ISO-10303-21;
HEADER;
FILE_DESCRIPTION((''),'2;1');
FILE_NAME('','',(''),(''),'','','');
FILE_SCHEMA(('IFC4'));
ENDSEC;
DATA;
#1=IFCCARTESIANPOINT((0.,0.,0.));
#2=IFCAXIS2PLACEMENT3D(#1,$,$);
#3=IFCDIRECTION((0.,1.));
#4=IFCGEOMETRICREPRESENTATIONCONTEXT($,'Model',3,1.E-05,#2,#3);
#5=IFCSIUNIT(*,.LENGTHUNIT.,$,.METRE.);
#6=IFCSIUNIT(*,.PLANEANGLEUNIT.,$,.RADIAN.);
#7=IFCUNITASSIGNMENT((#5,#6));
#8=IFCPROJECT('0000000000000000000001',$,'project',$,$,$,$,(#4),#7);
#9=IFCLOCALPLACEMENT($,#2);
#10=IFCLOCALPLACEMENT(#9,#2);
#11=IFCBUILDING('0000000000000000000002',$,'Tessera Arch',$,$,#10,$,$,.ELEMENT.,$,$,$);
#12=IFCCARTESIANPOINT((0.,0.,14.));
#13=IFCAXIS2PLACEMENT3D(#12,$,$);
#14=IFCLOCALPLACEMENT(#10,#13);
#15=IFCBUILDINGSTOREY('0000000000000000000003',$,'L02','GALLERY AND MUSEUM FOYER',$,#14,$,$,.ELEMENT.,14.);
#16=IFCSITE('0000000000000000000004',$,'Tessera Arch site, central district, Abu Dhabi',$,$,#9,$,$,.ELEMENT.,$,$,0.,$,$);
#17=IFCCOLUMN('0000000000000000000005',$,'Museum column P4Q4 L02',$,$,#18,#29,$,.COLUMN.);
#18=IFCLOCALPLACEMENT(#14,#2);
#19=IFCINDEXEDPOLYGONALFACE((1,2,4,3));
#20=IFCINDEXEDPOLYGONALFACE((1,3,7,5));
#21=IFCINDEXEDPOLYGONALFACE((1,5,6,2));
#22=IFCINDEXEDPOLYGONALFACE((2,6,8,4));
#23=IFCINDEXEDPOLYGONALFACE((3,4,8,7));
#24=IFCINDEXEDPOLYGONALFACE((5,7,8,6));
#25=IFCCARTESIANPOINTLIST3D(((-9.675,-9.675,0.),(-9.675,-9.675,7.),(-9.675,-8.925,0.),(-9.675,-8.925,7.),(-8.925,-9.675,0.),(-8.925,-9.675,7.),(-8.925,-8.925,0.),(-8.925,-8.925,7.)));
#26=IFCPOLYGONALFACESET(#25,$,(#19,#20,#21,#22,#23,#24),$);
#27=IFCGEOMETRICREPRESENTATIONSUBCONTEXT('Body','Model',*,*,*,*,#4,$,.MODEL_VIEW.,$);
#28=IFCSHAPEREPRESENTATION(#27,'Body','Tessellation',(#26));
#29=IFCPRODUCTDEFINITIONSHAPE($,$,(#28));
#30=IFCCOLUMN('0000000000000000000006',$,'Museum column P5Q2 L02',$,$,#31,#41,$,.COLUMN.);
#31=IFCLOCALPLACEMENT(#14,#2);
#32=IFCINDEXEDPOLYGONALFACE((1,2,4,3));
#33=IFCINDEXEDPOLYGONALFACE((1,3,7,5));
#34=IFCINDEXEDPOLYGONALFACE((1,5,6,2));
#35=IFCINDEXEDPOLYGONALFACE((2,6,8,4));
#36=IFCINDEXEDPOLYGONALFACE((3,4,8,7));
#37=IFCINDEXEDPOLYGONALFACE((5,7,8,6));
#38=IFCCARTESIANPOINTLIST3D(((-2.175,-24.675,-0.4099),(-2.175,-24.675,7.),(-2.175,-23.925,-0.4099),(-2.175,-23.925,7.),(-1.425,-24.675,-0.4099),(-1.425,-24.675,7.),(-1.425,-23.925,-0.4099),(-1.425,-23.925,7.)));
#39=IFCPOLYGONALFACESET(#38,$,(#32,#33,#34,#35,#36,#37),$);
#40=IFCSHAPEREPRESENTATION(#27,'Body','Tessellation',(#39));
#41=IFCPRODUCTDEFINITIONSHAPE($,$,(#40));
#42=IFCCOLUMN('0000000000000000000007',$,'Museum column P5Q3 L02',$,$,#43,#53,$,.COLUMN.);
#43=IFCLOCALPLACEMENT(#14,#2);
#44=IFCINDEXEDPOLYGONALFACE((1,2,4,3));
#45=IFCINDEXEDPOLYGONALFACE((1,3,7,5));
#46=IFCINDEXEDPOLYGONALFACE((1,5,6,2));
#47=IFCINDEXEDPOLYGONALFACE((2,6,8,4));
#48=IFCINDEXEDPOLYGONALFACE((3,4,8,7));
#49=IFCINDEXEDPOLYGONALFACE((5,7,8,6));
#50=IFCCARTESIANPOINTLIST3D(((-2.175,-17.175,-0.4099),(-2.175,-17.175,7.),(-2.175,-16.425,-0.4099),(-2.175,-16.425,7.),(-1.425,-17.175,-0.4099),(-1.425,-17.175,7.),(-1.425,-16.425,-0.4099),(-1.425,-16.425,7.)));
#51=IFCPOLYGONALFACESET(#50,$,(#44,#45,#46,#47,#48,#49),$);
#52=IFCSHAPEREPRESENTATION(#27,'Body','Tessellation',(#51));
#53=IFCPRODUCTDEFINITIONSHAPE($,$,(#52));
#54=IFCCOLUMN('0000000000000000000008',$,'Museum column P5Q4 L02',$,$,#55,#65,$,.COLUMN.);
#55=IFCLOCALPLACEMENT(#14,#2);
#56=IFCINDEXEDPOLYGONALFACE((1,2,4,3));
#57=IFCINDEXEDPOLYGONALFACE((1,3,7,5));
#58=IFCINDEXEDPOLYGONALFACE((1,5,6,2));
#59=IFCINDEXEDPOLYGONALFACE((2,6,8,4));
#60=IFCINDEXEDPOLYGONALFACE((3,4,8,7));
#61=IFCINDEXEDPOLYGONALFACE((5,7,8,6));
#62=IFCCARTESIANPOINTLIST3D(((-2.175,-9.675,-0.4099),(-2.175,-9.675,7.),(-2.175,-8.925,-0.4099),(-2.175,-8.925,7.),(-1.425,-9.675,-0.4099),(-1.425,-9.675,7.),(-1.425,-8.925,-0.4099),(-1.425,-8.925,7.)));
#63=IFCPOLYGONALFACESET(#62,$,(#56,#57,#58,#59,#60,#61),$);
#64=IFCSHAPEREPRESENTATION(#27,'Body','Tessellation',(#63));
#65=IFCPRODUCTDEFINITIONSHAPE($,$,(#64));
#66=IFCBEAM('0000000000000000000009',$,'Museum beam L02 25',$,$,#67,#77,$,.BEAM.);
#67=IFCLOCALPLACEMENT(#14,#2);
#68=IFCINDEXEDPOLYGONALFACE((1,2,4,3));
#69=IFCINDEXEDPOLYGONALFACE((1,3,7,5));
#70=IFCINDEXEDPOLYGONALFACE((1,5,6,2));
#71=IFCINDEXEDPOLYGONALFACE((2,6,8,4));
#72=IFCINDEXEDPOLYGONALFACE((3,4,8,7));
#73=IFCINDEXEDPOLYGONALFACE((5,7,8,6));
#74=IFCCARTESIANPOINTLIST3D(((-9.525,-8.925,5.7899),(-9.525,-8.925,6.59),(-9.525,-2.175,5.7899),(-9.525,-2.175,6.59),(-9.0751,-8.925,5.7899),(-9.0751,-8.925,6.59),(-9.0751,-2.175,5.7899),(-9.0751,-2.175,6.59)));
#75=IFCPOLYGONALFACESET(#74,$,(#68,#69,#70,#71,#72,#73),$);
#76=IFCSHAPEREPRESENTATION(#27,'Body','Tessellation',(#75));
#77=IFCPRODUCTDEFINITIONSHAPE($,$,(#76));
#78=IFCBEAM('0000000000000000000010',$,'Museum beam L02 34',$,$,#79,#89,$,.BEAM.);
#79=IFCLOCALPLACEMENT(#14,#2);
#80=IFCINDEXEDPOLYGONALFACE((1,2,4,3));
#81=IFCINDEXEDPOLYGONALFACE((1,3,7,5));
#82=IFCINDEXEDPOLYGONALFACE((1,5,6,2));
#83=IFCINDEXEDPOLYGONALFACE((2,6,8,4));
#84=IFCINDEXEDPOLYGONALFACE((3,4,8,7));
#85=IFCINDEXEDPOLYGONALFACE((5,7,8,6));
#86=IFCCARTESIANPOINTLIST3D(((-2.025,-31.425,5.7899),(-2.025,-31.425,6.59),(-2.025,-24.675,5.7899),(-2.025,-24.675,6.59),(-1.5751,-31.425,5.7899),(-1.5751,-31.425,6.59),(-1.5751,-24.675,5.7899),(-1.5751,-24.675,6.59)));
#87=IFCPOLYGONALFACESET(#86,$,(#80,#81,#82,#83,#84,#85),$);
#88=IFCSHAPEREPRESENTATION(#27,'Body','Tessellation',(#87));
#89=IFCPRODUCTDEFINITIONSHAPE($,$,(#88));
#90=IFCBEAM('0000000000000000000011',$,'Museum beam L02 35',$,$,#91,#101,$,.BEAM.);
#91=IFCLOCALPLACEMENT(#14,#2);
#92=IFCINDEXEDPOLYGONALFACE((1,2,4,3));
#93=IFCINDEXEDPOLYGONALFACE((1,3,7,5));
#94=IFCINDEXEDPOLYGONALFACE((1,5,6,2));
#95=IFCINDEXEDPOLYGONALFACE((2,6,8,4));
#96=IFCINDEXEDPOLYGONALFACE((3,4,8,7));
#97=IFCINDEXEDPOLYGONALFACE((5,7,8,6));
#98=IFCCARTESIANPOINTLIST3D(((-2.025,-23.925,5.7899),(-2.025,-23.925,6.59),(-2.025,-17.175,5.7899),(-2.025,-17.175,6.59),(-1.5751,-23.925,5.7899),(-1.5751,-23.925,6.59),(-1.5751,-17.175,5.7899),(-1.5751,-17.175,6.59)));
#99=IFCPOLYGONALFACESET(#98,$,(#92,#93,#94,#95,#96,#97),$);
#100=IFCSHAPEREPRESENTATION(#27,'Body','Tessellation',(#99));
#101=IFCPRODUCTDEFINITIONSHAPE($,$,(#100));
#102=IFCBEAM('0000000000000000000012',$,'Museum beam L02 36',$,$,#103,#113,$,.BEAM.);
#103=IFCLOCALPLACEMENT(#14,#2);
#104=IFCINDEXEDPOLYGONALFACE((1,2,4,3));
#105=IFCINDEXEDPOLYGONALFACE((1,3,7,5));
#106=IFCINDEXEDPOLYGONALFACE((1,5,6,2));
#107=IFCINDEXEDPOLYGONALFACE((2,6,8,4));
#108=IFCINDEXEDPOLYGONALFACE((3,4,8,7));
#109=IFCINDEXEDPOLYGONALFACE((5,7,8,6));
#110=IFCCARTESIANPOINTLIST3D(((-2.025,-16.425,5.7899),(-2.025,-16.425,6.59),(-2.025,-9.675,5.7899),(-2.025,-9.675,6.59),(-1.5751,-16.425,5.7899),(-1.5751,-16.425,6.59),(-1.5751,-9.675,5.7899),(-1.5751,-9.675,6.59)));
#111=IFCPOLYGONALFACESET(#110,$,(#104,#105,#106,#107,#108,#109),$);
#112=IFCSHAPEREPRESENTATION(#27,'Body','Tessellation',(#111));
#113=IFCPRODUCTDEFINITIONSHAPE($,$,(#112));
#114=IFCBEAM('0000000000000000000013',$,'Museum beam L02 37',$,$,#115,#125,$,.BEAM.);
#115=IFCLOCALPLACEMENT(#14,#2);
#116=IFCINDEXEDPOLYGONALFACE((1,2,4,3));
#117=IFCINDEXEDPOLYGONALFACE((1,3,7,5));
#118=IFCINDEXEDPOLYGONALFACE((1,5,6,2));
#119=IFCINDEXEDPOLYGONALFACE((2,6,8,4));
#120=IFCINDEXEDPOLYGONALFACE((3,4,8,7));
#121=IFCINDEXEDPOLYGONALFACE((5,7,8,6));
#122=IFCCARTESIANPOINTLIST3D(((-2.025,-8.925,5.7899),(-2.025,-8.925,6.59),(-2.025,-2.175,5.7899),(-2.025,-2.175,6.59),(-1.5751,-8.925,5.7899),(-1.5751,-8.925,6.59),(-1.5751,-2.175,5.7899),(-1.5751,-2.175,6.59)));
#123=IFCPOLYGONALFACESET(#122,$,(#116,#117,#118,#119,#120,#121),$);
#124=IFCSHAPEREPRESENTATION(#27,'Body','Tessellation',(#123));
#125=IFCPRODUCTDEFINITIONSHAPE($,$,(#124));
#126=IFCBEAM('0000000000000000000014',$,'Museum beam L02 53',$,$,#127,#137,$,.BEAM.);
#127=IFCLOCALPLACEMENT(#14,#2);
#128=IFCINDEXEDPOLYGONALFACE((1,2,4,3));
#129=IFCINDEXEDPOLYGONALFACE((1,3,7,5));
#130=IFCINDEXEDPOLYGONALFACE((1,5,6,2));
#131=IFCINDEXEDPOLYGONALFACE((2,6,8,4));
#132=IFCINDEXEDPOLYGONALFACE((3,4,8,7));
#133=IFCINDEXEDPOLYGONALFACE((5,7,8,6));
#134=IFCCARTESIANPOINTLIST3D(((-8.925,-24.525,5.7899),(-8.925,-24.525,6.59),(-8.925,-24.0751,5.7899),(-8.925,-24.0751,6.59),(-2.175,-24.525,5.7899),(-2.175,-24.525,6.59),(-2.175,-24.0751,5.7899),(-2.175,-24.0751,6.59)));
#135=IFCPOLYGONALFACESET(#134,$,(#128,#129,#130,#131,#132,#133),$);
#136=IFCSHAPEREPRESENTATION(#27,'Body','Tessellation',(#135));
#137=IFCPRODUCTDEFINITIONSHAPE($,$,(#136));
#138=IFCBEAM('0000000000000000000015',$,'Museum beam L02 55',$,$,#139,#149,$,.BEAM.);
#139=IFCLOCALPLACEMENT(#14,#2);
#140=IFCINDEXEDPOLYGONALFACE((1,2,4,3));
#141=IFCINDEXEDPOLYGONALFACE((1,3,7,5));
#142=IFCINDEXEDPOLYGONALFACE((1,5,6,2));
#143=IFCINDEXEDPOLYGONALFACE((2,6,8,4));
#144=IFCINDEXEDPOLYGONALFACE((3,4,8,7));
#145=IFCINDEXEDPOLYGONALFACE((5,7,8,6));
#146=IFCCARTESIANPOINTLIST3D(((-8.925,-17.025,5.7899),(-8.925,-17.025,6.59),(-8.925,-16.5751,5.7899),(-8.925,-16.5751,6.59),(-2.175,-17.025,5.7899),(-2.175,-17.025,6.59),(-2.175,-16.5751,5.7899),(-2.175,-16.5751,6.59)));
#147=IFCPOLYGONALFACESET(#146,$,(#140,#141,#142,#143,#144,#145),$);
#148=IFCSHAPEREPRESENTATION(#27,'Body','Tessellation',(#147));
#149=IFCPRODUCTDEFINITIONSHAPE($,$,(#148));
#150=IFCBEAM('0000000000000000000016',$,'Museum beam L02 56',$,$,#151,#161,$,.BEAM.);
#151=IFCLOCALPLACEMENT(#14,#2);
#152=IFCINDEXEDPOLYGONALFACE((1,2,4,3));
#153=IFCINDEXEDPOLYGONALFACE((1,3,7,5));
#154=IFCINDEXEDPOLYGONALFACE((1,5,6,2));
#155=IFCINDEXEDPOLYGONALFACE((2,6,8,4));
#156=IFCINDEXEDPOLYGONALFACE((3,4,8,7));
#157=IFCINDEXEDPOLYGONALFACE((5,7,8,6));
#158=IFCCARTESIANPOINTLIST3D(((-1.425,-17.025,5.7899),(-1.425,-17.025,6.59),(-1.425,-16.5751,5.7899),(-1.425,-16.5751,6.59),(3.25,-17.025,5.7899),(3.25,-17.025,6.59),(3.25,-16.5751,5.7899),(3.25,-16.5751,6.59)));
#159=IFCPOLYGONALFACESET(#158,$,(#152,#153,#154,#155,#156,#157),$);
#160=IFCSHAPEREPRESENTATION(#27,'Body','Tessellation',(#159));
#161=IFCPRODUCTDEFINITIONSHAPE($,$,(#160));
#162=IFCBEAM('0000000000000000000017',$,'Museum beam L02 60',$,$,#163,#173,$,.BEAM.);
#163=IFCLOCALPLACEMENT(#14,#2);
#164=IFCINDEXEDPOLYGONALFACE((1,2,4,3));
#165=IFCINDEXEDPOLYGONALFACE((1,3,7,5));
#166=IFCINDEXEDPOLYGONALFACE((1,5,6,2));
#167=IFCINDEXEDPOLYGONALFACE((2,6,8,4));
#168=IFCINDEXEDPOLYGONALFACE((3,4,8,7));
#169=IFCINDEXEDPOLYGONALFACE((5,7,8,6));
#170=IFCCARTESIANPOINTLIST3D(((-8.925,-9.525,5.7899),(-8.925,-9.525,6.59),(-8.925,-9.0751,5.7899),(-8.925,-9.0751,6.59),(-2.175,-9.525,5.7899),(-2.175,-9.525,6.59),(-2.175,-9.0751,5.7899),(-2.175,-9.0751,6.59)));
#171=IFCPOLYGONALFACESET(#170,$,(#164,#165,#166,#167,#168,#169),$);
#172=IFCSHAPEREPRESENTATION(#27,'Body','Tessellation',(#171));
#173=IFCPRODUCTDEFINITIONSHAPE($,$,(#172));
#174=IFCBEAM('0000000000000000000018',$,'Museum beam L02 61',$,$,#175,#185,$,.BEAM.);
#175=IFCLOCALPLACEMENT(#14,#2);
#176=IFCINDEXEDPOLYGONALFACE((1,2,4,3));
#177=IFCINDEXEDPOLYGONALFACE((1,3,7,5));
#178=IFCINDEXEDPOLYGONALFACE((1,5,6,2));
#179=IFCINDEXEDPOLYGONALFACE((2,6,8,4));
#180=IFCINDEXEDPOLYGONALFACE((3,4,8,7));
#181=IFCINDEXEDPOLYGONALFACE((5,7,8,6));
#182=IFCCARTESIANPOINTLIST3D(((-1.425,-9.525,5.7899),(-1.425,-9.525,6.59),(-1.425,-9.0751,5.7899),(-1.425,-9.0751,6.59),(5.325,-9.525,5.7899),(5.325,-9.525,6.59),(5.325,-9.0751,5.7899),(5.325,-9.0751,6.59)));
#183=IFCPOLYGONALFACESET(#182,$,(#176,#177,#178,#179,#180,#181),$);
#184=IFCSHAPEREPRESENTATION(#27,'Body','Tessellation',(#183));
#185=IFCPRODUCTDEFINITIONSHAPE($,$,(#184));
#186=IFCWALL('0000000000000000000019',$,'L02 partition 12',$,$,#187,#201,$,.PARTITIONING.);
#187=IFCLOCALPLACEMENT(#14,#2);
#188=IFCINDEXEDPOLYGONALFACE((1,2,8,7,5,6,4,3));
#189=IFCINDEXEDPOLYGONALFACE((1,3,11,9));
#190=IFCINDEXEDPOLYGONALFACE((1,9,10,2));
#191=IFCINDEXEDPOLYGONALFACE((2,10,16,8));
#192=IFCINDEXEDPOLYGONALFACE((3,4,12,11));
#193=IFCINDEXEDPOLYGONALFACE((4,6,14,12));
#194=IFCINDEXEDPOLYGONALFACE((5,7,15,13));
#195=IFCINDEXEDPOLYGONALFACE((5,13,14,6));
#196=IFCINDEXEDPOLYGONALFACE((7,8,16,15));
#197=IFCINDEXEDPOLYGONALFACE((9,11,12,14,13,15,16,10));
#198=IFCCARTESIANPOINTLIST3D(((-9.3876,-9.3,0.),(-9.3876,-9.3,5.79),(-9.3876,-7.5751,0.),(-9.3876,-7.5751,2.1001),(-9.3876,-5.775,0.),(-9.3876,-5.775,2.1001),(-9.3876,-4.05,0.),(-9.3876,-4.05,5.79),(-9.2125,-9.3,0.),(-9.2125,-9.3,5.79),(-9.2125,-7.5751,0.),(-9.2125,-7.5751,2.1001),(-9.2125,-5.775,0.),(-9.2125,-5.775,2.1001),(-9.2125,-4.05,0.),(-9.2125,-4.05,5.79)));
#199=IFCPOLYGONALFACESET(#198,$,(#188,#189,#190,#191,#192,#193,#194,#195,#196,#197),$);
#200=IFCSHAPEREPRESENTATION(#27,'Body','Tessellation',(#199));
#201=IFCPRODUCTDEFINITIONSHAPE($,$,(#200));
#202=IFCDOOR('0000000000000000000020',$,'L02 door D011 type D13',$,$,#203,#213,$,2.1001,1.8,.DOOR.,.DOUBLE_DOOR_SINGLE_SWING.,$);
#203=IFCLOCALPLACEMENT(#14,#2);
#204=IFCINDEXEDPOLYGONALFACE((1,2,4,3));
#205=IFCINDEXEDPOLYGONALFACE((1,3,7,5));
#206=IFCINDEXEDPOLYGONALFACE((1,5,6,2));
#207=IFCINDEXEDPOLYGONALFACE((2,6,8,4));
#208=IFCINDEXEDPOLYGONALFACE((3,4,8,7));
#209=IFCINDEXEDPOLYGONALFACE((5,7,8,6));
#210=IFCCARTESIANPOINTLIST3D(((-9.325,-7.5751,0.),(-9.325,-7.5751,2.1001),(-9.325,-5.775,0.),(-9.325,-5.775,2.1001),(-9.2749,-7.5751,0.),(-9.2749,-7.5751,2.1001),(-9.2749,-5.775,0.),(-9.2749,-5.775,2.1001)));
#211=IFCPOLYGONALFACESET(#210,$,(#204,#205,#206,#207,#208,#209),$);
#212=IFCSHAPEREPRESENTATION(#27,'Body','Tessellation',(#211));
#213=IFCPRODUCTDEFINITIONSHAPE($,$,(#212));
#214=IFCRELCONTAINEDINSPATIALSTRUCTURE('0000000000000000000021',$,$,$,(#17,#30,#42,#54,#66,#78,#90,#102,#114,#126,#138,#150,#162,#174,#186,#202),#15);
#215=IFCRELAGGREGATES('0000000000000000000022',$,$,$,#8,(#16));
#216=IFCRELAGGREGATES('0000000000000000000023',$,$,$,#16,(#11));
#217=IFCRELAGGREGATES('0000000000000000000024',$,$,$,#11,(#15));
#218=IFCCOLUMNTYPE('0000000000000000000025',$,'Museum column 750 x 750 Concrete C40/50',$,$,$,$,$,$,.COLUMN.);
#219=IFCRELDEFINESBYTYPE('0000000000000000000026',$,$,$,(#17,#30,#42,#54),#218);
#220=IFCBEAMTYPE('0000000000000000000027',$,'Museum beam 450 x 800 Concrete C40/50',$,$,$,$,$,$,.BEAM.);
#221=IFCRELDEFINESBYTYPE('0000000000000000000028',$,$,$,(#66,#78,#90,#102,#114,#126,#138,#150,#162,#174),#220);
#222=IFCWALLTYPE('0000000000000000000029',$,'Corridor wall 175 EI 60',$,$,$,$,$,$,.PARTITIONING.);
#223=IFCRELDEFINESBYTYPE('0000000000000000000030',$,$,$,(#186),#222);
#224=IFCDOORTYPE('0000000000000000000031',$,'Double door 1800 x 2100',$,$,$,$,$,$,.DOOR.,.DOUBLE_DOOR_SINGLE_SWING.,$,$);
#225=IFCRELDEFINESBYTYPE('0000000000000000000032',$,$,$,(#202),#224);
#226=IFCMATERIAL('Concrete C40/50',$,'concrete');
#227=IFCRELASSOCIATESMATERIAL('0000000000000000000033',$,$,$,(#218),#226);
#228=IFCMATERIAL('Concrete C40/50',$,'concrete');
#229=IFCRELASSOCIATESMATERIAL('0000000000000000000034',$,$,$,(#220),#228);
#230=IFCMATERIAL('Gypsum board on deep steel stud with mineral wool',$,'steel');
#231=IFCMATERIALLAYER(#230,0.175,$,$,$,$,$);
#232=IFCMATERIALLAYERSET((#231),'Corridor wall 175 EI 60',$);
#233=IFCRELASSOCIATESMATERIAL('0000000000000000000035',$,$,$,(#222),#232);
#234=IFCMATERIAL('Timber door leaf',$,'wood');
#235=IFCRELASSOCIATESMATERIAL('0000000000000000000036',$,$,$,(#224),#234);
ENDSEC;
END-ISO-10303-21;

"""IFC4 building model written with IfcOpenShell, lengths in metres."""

from ifc_helpers import new_model, si_unit, direction, frame, frame_2d, origin, origin_2d, place, context, subcontext, project, spatial, rectangle, extrude, material, layer, layer_set, material_profile, profile_set, type_object, element, fill, save


model = new_model("IFC4")

# Units and contexts
model_context = context("Model", 3, precision=1e-05, world=origin(), true_north=direction((0.0, 1.0)))
body_context = subcontext(model_context, "Body", "Model", "MODEL_VIEW")
ifc_project = project(units=[si_unit("LENGTHUNIT", "METRE"), si_unit("PLANEANGLEUNIT", "RADIAN")], contexts=[model_context])

# Site, building, storey
site_placement = place(None, origin())
site = spatial("IfcSite", under=ifc_project, at=site_placement, Name="Tessera Arch site, central district, Abu Dhabi", CompositionType="ELEMENT", RefElevation=0.0)
building_placement = place(site_placement, origin())
building = spatial("IfcBuilding", under=site, at=building_placement, Name="Tessera Arch", CompositionType="ELEMENT")
storey_placement = place(building_placement, frame((0.0, 0.0, 14.0)))
storey = spatial("IfcBuildingStorey", under=building, at=storey_placement, Name="L02", Description="GALLERY AND MUSEUM FOYER", CompositionType="ELEMENT", Elevation=14.0)

# Columns
ifc_material_1 = material(Name="Concrete C40/50", Category="concrete")
ifc_material_profile_1 = material_profile(ifc_material_1, rectangle(XDim=0.75, YDim=0.75, at=origin_2d()), Name="Museum column 750 x 750 Concrete C40/50")
ifc_profile_set_1 = profile_set([ifc_material_profile_1], Name="Concrete C40/50")
column_type = type_object("IfcColumnType", Name="Museum column 750 x 750 Concrete C40/50", PredefinedType="COLUMN", material=ifc_profile_set_1)
column_placement = place(storey_placement, frame((-9.3, -9.3, 0.0), z_axis=(0.0, 0.0, 1.0), x_axis=(1.0, 0.0, 0.0)))
element("IfcColumn", 1, at=column_placement, inside=storey, type_object=column_type, Name="Museum column P4Q4 L02", PredefinedType="COLUMN", context=body_context, shape_type="SweptSolid", body=[
    extrude(rectangle(XDim=0.75, YDim=0.75, at=origin_2d()), origin(), (0.0, 0.0, 1.0), 7.0),
])
for number, where, z_axis, x_axis, name in (
    (2, (-1.8, -24.3, -0.4099), (0.0, 0.0, 1.0), (1.0, 0.0, 0.0), "Museum column P5Q2 L02"),
    (3, (-1.8, -16.8, -0.4099), (0.0, 0.0, 1.0), (1.0, 0.0, 0.0), "Museum column P5Q3 L02"),
    (4, (-1.8, -9.3, -0.4099), (0.0, 0.0, 1.0), (1.0, 0.0, 0.0), "Museum column P5Q4 L02"),
):
    element("IfcColumn", number, at=place(storey_placement, frame(where, z_axis=z_axis, x_axis=x_axis)), inside=storey, type_object=column_type, Name=name, PredefinedType="COLUMN", context=body_context, shape_type="SweptSolid", body=[
        extrude(rectangle(XDim=0.75, YDim=0.75, at=origin_2d()), origin(), (0.0, 0.0, 1.0), 7.4099),
    ])

# Beams
ifc_material_2 = material(Name="Concrete C40/50", Category="concrete")
ifc_material_profile_2 = material_profile(ifc_material_2, rectangle(XDim=0.45, YDim=0.8, at=origin_2d()), Name="Museum beam 450 x 800 Concrete C40/50")
ifc_profile_set_2 = profile_set([ifc_material_profile_2], Name="Concrete C40/50")
beam_type = type_object("IfcBeamType", Name="Museum beam 450 x 800 Concrete C40/50", PredefinedType="BEAM", material=ifc_profile_set_2)
for number, where, z_axis, x_axis, name in (
    (5, (-9.3, -8.925, 6.1899), (0.0, 1.0, 0.0), (-1.0, 0.0, 0.0), "Museum beam L02 25"),
    (6, (-1.8, -31.425, 6.1899), (0.0, 1.0, 0.0), (-1.0, 0.0, 0.0), "Museum beam L02 34"),
    (7, (-1.8, -23.925, 6.1899), (0.0, 1.0, 0.0), (-1.0, 0.0, 0.0), "Museum beam L02 35"),
    (8, (-1.8, -16.425, 6.1899), (0.0, 1.0, 0.0), (-1.0, 0.0, 0.0), "Museum beam L02 36"),
    (9, (-1.8, -8.925, 6.1899), (0.0, 1.0, 0.0), (-1.0, 0.0, 0.0), "Museum beam L02 37"),
    (10, (-8.925, -24.3, 6.1899), (1.0, 0.0, 0.0), (0.0, 1.0, 0.0), "Museum beam L02 53"),
    (11, (-8.925, -16.8, 6.1899), (1.0, 0.0, 0.0), (0.0, 1.0, 0.0), "Museum beam L02 55"),
):
    element("IfcBeam", number, at=place(storey_placement, frame(where, z_axis=z_axis, x_axis=x_axis)), inside=storey, type_object=beam_type, Name=name, PredefinedType="BEAM", context=body_context, shape_type="SweptSolid", body=[
        extrude(rectangle(XDim=0.45, YDim=0.8, at=origin_2d()), origin(), (0.0, 0.0, 1.0), 6.75),
    ])
beam_placement = place(storey_placement, frame((-1.425, -16.8, 6.1899), z_axis=(1.0, 0.0, 0.0), x_axis=(0.0, 1.0, 0.0)))
element("IfcBeam", 12, at=beam_placement, inside=storey, type_object=beam_type, Name="Museum beam L02 56", PredefinedType="BEAM", context=body_context, shape_type="SweptSolid", body=[
    extrude(rectangle(XDim=0.45, YDim=0.8, at=origin_2d()), origin(), (0.0, 0.0, 1.0), 4.675),
])
for number, where, z_axis, x_axis, name in (
    (13, (-8.925, -9.3, 6.1899), (1.0, 0.0, 0.0), (0.0, 1.0, 0.0), "Museum beam L02 60"),
    (14, (-1.425, -9.3, 6.1899), (1.0, 0.0, 0.0), (0.0, 1.0, 0.0), "Museum beam L02 61"),
):
    element("IfcBeam", number, at=place(storey_placement, frame(where, z_axis=z_axis, x_axis=x_axis)), inside=storey, type_object=beam_type, Name=name, PredefinedType="BEAM", context=body_context, shape_type="SweptSolid", body=[
        extrude(rectangle(XDim=0.45, YDim=0.8, at=origin_2d()), origin(), (0.0, 0.0, 1.0), 6.75),
    ])

# Wall, opening, door
ifc_material_3 = material(Name="Gypsum board on deep steel stud with mineral wool", Category="steel")
ifc_layer_1 = layer(ifc_material_3, 0.175)
ifc_layer_set_1 = layer_set([ifc_layer_1], Name="Corridor wall 175 EI 60")
wall_type_1 = type_object("IfcWallType", Name="Corridor wall 175 EI 60", PredefinedType="PARTITIONING", material=ifc_layer_set_1)
wall_1_placement = place(storey_placement, frame((-9.3, -9.3, 0.0), z_axis=(0.0, 0.0, 1.0), x_axis=(0.0, 1.0, 0.0)))
wall_1 = element("IfcWall", 15, at=wall_1_placement, inside=storey, type_object=wall_type_1, Name="L02 partition 12", PredefinedType="PARTITIONING", context=body_context, shape_type="SweptSolid", body=[
    extrude(rectangle(XDim=5.25, YDim=0.175, at=frame_2d((2.625, 0.0))), origin(), (0.0, 0.0, 1.0), 5.79),
])
opening_1_placement = place(wall_1_placement, frame((1.7251, 0.0, 0.0)))
opening_1 = element("IfcOpeningElement", 16, at=opening_1_placement, cuts=wall_1, PredefinedType="OPENING", context=body_context, shape_type="SweptSolid", body=[
    extrude(rectangle(XDim=1.8, YDim=2.1001, at=frame_2d((0.8999, 1.05))), frame((0.0, 0.0974, 0.0), z_axis=(0.0, -1.0, 0.0), x_axis=(1.0, 0.0, 0.0)), (0.0, 0.0, 1.0), 0.1951),
])
ifc_material_4 = material(Name="Timber door leaf", Category="wood")
door_type = type_object("IfcDoorType", Name="Double door 1800 x 2100", OperationType="DOUBLE_DOOR_SINGLE_SWING", PredefinedType="DOOR", material=ifc_material_4)
door_1_placement = place(opening_1_placement, origin())
door_1 = element("IfcDoor", 17, at=door_1_placement, inside=storey, type_object=door_type, Name="L02 door D011 type D13", OperationType="DOUBLE_DOOR_SINGLE_SWING", OverallHeight=2.1001, OverallWidth=1.8, PredefinedType="DOOR", context=body_context, shape_type="SweptSolid", body=[
    extrude(rectangle(XDim=1.8, YDim=2.1001, at=frame_2d((0.8999, 1.05))), frame((0.0, 0.0249, 0.0), z_axis=(0.0, -1.0, 0.0), x_axis=(1.0, 0.0, 0.0)), (0.0, 0.0, 1.0), 0.05),
])
fill(opening_1, door_1)

save(model, "model.ifc")
